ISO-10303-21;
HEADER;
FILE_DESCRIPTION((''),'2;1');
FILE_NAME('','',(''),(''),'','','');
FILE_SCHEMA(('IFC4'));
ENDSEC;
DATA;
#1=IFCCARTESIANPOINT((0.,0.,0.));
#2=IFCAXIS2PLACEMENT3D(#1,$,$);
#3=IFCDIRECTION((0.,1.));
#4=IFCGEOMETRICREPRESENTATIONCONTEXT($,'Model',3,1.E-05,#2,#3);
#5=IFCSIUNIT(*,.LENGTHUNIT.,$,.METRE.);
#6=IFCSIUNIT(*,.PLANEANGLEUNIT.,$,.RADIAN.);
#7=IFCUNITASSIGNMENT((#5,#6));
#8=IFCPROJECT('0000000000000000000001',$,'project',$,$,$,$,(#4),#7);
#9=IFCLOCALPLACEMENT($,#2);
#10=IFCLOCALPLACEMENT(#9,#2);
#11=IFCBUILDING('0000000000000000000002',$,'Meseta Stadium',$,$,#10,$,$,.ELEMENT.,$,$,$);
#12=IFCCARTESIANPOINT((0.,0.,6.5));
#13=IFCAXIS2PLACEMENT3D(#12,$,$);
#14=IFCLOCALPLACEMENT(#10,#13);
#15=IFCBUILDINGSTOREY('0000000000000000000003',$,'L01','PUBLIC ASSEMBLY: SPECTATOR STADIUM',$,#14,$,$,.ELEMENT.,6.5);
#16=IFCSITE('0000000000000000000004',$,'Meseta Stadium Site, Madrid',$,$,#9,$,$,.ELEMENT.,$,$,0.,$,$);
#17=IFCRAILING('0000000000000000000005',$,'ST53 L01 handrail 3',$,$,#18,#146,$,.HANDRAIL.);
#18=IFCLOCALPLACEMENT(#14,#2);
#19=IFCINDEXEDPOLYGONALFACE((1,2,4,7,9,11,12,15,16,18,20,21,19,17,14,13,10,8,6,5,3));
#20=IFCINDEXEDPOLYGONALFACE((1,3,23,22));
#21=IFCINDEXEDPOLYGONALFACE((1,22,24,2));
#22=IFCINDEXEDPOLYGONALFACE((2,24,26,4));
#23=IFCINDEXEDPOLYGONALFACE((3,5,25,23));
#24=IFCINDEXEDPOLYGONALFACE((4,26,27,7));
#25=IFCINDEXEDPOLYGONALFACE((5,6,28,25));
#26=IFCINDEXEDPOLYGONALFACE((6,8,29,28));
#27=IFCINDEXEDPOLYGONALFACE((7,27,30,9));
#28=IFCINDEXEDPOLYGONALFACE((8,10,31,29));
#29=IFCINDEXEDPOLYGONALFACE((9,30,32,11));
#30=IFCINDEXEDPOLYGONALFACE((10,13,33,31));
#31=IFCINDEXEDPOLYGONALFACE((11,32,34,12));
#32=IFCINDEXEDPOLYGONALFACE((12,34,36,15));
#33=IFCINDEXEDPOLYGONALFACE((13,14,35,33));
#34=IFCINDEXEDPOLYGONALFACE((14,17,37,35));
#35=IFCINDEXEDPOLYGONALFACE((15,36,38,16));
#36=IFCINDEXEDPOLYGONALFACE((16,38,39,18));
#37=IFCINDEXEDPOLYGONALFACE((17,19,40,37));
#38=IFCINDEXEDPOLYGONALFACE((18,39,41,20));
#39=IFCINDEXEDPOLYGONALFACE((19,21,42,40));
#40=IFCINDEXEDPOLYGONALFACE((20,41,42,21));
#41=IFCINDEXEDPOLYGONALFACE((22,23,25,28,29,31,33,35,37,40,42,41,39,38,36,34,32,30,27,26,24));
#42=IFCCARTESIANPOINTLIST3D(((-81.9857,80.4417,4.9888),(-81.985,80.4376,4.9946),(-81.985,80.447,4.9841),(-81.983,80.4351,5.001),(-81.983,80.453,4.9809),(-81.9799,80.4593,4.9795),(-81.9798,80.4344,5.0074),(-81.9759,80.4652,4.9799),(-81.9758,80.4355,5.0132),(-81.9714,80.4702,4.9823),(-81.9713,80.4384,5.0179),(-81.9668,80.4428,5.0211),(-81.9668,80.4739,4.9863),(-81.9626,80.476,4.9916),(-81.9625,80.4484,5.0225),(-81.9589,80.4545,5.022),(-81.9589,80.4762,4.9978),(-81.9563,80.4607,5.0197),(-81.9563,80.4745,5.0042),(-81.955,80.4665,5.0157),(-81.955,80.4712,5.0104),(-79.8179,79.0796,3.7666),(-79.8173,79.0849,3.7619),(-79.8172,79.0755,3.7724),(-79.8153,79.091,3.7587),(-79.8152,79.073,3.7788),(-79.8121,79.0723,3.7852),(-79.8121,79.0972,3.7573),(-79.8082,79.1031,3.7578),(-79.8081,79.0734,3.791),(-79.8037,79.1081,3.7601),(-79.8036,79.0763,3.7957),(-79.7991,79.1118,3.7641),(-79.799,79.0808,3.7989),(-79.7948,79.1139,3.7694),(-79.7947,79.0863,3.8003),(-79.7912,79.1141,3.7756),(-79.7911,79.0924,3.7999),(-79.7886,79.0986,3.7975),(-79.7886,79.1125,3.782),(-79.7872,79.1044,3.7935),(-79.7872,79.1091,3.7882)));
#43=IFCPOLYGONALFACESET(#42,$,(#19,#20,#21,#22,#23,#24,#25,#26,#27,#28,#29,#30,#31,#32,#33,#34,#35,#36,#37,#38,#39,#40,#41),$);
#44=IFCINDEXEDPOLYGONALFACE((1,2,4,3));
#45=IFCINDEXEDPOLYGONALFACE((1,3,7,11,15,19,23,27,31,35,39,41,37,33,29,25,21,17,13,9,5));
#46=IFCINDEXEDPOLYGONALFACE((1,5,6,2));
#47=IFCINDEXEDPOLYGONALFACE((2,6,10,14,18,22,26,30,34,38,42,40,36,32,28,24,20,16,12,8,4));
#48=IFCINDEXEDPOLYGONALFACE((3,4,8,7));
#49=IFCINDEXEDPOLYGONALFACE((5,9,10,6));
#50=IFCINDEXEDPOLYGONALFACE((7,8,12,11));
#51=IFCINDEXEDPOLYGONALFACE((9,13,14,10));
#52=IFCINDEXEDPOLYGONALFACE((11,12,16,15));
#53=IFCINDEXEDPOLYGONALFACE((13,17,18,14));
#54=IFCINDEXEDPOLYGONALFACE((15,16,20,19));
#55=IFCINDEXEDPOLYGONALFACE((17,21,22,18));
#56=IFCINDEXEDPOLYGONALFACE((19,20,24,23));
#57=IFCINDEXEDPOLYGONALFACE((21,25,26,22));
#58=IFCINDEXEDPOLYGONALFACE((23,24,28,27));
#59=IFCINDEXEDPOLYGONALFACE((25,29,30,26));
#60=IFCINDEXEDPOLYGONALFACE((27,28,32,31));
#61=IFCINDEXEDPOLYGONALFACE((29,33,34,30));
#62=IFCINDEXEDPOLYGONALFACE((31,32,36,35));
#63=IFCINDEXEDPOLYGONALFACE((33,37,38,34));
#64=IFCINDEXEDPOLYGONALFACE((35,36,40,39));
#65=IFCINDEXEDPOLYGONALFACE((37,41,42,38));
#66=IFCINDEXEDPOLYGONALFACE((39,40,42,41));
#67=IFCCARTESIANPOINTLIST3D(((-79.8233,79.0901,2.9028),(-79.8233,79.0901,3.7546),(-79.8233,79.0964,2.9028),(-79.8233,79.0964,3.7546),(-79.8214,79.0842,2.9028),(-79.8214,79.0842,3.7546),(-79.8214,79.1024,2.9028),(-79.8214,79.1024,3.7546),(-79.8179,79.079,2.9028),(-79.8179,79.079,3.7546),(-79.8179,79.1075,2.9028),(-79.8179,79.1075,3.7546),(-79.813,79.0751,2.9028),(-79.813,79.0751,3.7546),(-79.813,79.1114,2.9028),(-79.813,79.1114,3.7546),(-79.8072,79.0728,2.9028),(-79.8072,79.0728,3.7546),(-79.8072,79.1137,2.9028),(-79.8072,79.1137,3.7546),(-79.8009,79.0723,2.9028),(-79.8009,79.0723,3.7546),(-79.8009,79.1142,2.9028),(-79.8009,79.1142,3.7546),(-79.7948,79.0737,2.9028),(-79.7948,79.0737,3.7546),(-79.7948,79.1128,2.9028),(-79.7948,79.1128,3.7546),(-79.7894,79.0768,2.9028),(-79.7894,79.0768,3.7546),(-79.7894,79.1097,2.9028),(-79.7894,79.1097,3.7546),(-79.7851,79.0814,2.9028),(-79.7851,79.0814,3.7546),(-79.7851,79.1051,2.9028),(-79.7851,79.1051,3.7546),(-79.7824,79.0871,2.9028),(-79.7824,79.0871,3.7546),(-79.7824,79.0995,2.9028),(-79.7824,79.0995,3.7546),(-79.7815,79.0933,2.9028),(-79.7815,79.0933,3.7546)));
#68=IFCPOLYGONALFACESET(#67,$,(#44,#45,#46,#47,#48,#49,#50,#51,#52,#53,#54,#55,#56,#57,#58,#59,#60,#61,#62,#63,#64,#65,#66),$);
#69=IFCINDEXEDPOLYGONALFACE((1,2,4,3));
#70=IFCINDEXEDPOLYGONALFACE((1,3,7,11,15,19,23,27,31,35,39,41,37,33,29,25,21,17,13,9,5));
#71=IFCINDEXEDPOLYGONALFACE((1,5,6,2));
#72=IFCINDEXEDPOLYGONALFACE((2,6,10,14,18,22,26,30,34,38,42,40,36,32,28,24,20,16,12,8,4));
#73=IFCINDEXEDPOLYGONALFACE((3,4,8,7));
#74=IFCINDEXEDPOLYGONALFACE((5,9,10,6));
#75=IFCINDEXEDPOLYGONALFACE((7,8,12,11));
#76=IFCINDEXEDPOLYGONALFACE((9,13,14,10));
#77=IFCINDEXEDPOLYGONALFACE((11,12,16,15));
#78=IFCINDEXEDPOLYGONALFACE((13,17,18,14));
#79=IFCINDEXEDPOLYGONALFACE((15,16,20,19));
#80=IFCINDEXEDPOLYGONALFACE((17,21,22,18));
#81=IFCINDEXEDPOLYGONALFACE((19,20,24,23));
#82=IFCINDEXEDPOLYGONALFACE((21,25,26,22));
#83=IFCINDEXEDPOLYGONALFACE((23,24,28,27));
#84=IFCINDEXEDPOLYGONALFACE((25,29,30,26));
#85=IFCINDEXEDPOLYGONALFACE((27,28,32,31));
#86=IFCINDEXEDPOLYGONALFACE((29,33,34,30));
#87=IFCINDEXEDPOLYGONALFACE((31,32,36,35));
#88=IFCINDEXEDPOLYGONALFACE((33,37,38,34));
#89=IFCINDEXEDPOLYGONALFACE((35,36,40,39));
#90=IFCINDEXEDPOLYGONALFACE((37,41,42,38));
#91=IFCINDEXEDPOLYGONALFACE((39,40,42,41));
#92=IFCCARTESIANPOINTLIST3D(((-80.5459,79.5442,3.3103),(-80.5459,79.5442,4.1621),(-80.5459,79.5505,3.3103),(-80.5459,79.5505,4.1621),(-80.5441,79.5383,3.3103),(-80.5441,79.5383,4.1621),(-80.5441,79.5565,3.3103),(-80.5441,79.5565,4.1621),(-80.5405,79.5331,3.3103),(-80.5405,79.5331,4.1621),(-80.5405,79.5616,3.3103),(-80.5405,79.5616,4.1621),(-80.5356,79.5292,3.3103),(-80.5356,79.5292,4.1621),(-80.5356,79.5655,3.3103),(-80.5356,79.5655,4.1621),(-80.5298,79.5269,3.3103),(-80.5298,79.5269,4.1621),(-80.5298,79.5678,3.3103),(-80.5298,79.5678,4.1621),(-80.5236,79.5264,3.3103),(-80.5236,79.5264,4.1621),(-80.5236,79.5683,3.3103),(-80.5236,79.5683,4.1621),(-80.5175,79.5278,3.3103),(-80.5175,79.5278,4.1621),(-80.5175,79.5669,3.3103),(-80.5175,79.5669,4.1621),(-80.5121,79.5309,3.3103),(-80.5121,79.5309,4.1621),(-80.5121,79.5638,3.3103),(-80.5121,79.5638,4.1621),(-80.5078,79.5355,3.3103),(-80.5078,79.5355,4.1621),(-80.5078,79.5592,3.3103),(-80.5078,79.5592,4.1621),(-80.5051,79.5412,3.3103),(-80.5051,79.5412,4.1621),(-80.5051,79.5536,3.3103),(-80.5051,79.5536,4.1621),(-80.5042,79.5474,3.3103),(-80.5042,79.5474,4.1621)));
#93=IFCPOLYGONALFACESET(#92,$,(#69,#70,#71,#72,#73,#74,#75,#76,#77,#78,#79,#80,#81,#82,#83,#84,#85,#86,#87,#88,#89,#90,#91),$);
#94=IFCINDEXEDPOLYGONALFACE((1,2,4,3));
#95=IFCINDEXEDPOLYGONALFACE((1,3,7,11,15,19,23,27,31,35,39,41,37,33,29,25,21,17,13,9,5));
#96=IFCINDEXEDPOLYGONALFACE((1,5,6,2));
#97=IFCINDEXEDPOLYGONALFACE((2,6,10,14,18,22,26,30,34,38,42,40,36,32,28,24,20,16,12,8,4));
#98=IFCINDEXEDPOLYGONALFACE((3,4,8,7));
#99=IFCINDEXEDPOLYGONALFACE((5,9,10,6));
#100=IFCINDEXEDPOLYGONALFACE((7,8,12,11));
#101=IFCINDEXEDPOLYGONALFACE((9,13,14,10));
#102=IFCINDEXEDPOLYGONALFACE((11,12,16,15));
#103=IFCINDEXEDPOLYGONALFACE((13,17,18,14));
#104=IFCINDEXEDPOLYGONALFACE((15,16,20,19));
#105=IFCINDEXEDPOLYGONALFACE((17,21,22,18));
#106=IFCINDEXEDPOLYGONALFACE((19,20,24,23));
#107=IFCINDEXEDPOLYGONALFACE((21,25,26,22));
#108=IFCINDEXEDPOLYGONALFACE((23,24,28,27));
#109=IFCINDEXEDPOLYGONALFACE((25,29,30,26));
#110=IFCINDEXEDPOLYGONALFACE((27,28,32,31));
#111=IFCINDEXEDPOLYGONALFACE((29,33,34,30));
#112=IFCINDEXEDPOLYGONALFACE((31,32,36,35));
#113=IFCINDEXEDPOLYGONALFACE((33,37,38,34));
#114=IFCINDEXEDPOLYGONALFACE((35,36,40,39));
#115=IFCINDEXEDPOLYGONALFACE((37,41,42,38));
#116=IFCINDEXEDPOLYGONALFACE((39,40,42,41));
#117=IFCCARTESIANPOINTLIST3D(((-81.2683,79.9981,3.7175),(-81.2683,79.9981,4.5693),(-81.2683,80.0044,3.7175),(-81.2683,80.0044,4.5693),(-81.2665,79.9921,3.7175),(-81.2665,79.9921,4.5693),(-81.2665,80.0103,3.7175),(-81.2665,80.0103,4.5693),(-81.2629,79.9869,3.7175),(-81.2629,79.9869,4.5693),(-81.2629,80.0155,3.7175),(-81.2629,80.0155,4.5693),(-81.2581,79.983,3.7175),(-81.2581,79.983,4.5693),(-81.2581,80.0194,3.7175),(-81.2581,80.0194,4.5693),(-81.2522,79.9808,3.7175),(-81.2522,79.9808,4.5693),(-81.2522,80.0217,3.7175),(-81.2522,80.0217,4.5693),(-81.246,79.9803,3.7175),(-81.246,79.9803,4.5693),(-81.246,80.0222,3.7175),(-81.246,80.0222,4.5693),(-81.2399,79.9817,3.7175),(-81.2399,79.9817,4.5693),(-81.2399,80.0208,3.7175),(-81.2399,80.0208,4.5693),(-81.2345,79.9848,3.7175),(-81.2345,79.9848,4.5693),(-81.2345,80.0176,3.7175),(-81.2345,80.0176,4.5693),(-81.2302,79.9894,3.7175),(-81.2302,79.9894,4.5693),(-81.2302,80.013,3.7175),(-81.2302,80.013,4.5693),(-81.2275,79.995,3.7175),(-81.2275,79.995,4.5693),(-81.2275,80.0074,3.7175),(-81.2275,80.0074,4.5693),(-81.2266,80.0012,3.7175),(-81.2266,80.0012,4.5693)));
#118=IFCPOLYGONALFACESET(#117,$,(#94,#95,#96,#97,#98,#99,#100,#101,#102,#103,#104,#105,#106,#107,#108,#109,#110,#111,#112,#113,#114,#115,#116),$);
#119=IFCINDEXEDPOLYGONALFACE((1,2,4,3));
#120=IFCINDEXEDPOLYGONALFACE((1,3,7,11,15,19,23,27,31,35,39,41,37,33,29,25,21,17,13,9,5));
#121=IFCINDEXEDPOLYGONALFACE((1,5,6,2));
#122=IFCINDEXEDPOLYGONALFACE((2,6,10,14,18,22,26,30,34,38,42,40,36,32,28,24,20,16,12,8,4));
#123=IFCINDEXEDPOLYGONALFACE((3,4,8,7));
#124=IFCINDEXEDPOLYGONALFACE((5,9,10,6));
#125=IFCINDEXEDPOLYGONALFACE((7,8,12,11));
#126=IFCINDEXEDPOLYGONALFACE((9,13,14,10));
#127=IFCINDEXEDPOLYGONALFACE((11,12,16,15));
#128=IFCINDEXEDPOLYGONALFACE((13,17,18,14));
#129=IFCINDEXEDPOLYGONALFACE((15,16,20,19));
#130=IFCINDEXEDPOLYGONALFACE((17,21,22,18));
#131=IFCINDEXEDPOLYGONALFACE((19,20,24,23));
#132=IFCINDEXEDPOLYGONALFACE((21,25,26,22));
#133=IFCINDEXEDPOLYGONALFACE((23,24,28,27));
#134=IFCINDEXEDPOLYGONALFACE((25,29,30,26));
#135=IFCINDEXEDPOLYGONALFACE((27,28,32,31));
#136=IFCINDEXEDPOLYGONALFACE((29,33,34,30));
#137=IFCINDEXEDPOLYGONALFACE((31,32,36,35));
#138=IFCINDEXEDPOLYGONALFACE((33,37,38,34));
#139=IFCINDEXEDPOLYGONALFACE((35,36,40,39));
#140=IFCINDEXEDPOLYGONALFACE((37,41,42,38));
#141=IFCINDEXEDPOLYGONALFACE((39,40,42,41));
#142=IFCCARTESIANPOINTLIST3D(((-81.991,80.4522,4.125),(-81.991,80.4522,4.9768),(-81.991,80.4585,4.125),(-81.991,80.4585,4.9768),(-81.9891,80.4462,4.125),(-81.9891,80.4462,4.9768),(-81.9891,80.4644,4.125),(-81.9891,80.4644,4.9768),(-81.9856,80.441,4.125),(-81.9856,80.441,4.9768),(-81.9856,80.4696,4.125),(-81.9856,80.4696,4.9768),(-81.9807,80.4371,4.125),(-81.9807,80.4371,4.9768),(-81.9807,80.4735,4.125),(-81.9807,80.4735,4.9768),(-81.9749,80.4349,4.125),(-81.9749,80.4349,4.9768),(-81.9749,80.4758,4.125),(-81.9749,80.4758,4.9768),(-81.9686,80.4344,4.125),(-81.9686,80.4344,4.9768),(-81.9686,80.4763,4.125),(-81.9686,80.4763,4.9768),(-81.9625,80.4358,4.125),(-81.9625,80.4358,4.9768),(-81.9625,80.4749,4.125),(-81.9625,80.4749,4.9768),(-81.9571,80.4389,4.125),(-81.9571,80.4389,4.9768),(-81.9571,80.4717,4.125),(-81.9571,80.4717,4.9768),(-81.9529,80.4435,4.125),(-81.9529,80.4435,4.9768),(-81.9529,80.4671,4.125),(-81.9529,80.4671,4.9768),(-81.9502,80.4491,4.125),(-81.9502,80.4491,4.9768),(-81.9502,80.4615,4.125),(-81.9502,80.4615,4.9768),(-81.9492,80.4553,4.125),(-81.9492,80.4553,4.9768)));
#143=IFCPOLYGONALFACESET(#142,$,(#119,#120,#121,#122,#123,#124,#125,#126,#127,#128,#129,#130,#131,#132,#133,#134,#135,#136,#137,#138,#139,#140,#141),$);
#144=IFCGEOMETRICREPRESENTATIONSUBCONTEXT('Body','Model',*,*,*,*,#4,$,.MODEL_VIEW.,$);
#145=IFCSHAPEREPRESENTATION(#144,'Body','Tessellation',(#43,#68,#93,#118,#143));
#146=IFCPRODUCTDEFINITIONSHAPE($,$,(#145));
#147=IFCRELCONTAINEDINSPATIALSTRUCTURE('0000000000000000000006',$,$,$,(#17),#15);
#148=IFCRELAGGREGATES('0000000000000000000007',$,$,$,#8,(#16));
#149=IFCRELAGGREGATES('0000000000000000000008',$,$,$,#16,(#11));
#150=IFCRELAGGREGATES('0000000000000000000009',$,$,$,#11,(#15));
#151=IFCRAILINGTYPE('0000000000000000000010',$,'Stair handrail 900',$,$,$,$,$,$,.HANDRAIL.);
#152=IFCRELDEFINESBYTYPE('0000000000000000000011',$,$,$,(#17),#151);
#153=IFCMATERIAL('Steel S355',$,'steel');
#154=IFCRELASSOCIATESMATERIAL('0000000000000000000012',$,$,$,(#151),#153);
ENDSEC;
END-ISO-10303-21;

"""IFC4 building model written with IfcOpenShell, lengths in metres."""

from ifc_helpers import new_model, si_unit, direction, frame, origin, origin_2d, place, context, subcontext, project, spatial, circle, extrude, material, type_object, element, save


model = new_model("IFC4")

# Units and contexts
model_context = context("Model", 3, precision=1e-05, world=origin(), true_north=direction((0.0, 1.0)))
body_context = subcontext(model_context, "Body", "Model", "MODEL_VIEW")
ifc_project = project(units=[si_unit("LENGTHUNIT", "METRE"), si_unit("PLANEANGLEUNIT", "RADIAN")], contexts=[model_context])

# Site, building, storey
site_placement = place(None, origin())
site = spatial("IfcSite", under=ifc_project, at=site_placement, Name="Meseta Stadium Site, Madrid", CompositionType="ELEMENT", RefElevation=0.0)
building_placement = place(site_placement, origin())
building = spatial("IfcBuilding", under=site, at=building_placement, Name="Meseta Stadium", CompositionType="ELEMENT")
storey_placement = place(building_placement, frame((0.0, 0.0, 6.5)))
storey = spatial("IfcBuildingStorey", under=building, at=storey_placement, Name="L01", Description="PUBLIC ASSEMBLY: SPECTATOR STADIUM", CompositionType="ELEMENT", Elevation=6.5)

# Railing
ifc_material_1 = material(Name="Steel S355", Category="steel")
railing_type_1 = type_object("IfcRailingType", Name="Stair handrail 900", PredefinedType="HANDRAIL", material=ifc_material_1)
for number, where, name in (
    (1, (-79.8025, 79.0933, 2.9028), "ST53 L01 handrail 3"),
):
    element("IfcRailing", number, at=place(storey_placement, frame(where)), inside=storey, type_object=railing_type_1, Name=name, PredefinedType="HANDRAIL", context=body_context, shape_type="SweptSolid", body=[
        extrude(circle(Radius=0.0239, at=origin_2d()), frame((0.0, 0.0, 0.876), z_axis=(-0.764121, 0.480125, 0.430813), x_axis=(-0.532029, -0.846726, 0.0)), (0.0, 0.0, 1.0), 2.8369),
        extrude(circle(Radius=0.021, at=origin_2d()), origin(), (0.0, 0.0, 1.0), 0.8518),
        extrude(circle(Radius=0.021, at=origin_2d()), frame((-0.7227, 0.4541, 0.4075)), (0.0, 0.0, 1.0), 0.8518),
        extrude(circle(Radius=0.021, at=origin_2d()), frame((-1.4451, 0.908, 0.8147)), (0.0, 0.0, 1.0), 0.8518),
        extrude(circle(Radius=0.021, at=origin_2d()), frame((-2.1677, 1.3621, 1.2222)), (0.0, 0.0, 1.0), 0.8518),
    ])

save(model, "model.ifc")
